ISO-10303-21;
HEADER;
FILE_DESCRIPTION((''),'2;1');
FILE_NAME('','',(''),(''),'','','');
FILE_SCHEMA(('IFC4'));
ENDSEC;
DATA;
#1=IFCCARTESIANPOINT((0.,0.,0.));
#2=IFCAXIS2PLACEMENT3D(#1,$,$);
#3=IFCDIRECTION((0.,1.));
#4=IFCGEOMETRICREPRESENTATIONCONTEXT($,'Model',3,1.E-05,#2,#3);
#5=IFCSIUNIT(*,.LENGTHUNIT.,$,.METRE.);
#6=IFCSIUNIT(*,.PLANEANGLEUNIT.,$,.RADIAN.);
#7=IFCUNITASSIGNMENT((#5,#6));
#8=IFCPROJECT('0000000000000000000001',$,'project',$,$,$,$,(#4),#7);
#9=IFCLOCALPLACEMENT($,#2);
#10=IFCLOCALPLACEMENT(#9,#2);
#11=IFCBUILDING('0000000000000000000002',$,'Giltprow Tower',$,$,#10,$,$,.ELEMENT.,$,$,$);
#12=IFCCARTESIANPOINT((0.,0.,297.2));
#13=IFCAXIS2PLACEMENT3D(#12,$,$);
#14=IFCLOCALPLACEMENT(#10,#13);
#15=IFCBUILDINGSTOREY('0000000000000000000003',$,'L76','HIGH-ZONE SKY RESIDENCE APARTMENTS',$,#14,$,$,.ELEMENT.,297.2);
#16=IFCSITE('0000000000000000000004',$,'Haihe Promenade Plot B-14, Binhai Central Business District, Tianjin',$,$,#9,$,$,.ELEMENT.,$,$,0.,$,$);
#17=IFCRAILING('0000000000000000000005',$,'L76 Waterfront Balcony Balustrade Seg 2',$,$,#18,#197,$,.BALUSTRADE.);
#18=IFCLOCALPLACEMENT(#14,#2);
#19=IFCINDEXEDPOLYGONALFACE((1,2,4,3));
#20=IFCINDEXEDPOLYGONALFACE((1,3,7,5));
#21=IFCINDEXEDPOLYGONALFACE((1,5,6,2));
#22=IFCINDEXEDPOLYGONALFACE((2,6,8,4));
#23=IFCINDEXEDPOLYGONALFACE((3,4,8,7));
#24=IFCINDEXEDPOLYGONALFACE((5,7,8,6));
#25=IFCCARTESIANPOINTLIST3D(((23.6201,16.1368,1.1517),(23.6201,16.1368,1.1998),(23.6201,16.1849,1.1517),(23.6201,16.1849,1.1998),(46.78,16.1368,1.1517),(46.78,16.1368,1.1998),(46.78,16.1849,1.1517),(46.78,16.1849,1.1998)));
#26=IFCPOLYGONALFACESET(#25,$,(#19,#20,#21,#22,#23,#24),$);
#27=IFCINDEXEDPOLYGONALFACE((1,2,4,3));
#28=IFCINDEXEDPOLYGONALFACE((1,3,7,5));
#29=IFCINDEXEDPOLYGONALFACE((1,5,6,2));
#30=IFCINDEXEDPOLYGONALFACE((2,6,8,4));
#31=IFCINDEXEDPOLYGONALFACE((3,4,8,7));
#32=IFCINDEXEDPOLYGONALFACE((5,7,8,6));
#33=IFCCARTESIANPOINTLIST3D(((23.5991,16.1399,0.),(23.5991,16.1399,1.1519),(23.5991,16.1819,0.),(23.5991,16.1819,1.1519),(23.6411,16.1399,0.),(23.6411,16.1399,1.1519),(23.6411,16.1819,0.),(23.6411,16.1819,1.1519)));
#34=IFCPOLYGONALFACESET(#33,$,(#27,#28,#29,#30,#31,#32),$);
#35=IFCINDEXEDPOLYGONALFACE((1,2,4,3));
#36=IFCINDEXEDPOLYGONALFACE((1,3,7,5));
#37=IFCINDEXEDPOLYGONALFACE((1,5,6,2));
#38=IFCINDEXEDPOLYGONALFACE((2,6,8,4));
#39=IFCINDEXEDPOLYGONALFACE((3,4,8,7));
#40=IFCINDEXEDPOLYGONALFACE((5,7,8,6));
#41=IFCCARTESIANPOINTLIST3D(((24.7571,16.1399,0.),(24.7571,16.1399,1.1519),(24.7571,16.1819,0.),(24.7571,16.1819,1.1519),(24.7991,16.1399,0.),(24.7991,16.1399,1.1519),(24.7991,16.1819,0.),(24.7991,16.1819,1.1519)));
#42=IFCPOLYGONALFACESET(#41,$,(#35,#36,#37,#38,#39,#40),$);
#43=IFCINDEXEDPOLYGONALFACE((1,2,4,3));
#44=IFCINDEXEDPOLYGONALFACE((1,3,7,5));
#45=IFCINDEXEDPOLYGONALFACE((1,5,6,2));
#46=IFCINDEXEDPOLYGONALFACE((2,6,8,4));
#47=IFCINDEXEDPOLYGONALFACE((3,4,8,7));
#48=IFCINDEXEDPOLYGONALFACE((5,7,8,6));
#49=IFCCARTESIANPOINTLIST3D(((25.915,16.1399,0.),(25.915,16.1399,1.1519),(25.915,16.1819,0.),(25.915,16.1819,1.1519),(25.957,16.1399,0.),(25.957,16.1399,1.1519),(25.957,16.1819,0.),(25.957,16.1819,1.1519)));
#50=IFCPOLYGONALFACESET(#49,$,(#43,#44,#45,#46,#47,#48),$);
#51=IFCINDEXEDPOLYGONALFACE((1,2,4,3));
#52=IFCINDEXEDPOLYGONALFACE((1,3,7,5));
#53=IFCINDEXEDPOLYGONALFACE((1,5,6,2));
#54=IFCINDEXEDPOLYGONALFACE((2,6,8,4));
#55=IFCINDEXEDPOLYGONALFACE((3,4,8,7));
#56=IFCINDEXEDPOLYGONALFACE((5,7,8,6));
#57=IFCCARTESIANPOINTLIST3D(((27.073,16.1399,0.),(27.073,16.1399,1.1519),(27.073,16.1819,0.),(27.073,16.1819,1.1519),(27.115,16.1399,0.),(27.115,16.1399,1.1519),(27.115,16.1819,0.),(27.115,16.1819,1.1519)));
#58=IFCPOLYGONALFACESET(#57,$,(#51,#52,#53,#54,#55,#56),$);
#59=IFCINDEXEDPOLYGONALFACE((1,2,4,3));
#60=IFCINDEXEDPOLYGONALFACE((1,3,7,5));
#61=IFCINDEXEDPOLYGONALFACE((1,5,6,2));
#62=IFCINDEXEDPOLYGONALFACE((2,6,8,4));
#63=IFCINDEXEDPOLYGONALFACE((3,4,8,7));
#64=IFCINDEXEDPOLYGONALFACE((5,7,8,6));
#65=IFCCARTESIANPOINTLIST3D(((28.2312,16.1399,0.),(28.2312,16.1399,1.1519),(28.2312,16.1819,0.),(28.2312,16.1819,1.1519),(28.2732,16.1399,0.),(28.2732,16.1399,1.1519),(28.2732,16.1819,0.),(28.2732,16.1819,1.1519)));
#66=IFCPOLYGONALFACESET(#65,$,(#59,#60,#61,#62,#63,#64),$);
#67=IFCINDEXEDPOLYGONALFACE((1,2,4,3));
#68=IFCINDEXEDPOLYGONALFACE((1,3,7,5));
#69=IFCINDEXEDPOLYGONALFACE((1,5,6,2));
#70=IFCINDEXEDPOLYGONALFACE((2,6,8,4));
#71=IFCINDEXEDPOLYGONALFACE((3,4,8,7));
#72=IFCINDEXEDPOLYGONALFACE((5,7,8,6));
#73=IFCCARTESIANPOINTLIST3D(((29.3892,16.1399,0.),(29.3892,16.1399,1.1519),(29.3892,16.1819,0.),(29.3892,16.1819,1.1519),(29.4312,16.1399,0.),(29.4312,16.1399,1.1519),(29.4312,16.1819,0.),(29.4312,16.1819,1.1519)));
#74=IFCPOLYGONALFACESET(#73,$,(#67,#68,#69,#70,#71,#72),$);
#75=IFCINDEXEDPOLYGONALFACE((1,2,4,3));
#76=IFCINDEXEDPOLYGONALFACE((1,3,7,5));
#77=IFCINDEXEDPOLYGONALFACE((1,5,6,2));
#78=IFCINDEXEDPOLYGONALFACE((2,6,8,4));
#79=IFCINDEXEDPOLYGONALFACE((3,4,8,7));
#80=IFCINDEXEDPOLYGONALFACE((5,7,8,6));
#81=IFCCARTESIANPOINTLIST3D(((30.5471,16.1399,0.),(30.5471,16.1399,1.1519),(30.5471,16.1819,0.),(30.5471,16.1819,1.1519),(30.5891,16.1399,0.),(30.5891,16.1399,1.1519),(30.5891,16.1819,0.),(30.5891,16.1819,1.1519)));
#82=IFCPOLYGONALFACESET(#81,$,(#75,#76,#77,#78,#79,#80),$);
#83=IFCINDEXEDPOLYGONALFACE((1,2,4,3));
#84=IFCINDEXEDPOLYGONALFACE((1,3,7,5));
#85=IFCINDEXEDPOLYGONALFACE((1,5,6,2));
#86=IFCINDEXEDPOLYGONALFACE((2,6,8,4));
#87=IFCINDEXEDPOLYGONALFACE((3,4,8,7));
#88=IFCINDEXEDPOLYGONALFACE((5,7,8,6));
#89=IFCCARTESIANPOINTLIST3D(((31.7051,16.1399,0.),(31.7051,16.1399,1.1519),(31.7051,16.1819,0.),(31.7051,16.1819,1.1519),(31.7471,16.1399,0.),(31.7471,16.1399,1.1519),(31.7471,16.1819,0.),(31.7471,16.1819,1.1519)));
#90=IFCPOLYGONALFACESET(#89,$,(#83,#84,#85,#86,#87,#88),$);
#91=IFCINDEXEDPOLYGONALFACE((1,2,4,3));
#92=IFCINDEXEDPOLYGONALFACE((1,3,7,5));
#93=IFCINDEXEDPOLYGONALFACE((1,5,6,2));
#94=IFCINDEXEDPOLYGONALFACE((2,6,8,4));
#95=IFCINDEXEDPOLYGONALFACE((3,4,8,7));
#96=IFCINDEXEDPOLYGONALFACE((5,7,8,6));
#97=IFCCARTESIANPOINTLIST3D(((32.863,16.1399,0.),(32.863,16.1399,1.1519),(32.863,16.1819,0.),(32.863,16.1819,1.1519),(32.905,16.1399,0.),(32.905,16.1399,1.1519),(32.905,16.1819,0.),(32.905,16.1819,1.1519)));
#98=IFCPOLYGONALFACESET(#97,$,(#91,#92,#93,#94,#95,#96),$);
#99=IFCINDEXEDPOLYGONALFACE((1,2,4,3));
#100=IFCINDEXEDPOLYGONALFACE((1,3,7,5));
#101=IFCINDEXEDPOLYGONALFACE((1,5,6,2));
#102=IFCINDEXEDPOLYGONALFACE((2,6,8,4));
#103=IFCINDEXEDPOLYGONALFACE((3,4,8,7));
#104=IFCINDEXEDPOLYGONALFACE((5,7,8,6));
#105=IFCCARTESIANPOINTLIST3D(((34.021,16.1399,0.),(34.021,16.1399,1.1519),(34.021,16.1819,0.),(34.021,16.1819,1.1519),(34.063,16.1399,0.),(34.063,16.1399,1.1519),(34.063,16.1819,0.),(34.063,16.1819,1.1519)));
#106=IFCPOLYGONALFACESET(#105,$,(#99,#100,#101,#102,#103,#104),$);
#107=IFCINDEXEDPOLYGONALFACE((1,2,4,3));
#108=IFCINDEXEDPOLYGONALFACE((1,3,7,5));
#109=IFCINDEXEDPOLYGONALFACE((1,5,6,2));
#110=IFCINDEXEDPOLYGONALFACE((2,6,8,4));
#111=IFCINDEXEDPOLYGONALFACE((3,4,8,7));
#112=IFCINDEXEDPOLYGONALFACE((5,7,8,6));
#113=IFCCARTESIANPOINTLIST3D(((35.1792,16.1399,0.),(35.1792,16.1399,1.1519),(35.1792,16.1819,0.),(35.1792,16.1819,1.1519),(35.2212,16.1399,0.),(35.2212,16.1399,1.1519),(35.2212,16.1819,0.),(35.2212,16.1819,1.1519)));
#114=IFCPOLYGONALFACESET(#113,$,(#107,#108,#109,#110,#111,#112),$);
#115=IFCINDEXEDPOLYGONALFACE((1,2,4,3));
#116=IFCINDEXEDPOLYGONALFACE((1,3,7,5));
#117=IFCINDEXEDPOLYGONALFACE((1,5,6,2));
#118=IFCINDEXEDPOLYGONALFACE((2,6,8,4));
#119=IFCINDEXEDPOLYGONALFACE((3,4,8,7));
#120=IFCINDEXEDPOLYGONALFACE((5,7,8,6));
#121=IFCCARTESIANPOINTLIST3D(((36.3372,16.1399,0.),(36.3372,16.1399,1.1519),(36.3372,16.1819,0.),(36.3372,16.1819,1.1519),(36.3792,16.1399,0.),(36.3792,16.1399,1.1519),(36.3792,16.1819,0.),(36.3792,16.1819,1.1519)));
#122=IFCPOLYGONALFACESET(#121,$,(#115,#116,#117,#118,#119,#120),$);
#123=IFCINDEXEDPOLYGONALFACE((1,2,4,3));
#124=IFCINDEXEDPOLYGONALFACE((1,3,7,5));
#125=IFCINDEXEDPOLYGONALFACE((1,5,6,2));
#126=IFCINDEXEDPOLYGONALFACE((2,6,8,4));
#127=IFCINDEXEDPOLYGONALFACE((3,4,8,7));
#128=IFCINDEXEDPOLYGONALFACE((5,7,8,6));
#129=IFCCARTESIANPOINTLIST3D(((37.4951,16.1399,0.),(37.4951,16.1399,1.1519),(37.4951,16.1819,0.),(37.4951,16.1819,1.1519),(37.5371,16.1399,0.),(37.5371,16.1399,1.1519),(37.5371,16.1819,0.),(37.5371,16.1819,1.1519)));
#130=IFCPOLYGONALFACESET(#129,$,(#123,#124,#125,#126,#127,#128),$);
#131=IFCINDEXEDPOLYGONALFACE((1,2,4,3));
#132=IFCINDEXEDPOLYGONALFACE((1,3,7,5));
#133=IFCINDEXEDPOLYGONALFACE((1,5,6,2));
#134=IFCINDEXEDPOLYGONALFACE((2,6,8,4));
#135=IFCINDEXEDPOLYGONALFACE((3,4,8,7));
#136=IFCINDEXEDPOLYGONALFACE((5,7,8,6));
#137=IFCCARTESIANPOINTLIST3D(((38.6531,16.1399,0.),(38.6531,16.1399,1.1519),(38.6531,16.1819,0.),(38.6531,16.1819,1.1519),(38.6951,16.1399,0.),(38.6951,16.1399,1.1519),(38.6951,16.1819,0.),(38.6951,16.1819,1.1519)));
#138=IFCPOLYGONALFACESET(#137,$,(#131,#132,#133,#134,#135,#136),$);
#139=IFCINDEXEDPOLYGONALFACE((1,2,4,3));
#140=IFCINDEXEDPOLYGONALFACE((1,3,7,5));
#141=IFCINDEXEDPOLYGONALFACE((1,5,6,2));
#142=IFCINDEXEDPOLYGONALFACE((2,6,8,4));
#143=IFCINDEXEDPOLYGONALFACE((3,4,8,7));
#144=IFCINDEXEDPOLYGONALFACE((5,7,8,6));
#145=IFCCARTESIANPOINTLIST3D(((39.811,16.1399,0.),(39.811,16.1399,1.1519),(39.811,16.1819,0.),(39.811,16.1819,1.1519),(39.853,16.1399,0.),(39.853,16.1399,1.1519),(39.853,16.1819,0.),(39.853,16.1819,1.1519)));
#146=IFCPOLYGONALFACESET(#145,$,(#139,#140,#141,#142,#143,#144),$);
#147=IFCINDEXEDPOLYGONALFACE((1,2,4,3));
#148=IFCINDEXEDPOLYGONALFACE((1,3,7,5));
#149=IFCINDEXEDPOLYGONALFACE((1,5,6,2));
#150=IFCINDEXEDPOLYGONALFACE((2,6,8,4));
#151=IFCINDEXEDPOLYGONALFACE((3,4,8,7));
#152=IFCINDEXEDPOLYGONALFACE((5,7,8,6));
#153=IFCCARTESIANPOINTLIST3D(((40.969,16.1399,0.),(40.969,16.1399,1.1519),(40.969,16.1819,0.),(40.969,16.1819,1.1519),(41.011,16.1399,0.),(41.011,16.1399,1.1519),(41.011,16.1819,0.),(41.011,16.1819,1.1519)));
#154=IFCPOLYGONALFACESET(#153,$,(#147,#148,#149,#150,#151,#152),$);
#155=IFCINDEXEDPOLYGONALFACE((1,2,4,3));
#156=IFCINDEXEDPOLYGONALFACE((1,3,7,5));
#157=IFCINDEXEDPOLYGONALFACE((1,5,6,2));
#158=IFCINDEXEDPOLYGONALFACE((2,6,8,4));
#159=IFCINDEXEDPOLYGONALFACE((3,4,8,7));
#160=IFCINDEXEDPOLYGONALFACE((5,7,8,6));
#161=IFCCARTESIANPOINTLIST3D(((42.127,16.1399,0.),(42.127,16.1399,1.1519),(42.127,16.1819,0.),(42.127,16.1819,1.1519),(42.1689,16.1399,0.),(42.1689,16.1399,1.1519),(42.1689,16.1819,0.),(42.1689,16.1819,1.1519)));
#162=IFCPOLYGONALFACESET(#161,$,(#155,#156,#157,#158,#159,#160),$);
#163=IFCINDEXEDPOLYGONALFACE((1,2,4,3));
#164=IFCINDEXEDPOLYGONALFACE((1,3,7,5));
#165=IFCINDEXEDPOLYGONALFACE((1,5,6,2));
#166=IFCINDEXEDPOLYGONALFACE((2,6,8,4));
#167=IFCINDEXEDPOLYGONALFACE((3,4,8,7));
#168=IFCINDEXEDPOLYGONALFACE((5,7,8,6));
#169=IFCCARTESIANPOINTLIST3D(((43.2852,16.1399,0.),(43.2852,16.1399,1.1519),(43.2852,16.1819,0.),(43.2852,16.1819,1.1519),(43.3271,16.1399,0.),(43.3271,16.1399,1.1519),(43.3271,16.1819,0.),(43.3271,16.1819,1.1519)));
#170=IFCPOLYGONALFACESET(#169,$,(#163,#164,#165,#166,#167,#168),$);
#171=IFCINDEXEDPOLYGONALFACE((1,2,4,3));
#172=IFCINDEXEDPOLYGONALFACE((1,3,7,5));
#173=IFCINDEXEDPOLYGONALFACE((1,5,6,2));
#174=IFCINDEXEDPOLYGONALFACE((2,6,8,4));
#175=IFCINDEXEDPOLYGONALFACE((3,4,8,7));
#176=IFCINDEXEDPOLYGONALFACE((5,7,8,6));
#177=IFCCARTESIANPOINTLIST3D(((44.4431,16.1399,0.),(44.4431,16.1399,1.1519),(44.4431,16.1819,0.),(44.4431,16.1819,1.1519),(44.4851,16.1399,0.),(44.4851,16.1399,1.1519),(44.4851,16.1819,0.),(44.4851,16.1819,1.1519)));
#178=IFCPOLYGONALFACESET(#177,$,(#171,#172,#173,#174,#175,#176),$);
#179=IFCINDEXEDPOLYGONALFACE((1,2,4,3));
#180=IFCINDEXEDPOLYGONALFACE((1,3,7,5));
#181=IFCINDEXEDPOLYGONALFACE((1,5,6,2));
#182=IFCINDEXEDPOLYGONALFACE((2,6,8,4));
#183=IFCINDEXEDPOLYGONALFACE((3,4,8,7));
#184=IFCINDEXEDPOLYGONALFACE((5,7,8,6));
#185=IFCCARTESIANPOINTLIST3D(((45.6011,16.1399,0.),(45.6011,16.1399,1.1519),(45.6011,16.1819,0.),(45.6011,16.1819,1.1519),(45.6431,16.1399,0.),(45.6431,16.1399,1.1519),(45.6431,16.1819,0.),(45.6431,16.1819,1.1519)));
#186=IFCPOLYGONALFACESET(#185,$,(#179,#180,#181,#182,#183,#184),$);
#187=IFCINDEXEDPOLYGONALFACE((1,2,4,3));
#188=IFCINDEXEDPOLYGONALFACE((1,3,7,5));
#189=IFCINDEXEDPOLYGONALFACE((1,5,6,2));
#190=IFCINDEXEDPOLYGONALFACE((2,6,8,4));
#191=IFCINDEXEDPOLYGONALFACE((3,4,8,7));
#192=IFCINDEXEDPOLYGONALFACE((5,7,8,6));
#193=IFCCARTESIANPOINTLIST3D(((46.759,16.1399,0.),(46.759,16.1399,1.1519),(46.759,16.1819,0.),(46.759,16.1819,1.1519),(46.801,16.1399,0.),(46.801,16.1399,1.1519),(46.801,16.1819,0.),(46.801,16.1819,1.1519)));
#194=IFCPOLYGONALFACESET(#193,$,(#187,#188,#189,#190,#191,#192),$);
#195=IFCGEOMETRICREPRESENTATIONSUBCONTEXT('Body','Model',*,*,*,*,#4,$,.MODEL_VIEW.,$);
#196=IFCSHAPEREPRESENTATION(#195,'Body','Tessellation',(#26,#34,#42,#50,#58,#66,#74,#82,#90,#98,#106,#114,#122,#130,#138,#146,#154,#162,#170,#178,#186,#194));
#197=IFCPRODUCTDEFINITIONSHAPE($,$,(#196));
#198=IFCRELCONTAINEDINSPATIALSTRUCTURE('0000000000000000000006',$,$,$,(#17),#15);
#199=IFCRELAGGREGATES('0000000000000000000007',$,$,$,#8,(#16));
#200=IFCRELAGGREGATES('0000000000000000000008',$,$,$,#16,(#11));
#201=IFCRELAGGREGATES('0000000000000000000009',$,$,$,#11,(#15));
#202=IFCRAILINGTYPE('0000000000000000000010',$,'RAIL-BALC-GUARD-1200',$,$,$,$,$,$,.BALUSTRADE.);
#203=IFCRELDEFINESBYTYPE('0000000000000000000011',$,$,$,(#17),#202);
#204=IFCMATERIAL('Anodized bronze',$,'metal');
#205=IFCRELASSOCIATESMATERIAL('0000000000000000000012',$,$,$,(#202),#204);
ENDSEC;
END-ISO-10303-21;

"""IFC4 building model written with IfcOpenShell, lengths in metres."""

from ifc_helpers import new_model, si_unit, direction, frame, origin, origin_2d, place, context, subcontext, project, spatial, rectangle, extrude, material, type_object, element, save


model = new_model("IFC4")

# Units and contexts
model_context = context("Model", 3, precision=1e-05, world=origin(), true_north=direction((0.0, 1.0)))
body_context = subcontext(model_context, "Body", "Model", "MODEL_VIEW")
ifc_project = project(units=[si_unit("LENGTHUNIT", "METRE"), si_unit("PLANEANGLEUNIT", "RADIAN")], contexts=[model_context])

# Site, building, storey
site_placement = place(None, origin())
site = spatial("IfcSite", under=ifc_project, at=site_placement, Name="Haihe Promenade Plot B-14, Binhai Central Business District, Tianjin", CompositionType="ELEMENT", RefElevation=0.0)
building_placement = place(site_placement, origin())
building = spatial("IfcBuilding", under=site, at=building_placement, Name="Giltprow Tower", CompositionType="ELEMENT")
storey_placement = place(building_placement, frame((0.0, 0.0, 297.2)))
storey = spatial("IfcBuildingStorey", under=building, at=storey_placement, Name="L76", Description="HIGH-ZONE SKY RESIDENCE APARTMENTS", CompositionType="ELEMENT", Elevation=297.2)

# Railing
ifc_material_1 = material(Name="Anodized bronze", Category="metal")
railing_type = type_object("IfcRailingType", Name="RAIL-BALC-GUARD-1200", PredefinedType="BALUSTRADE", material=ifc_material_1)
railing_1_placement = place(storey_placement, frame((23.6201, 16.1609, 0.0)))
element("IfcRailing", 1, at=railing_1_placement, inside=storey, type_object=railing_type, Name="L76 Waterfront Balcony Balustrade Seg 2", PredefinedType="BALUSTRADE", context=body_context, shape_type="SweptSolid", body=[
    extrude(rectangle(XDim=0.0481, YDim=0.0481, at=origin_2d()), frame((0.0, 0.0, 1.1758), z_axis=(1.0, 0.0, 0.0), x_axis=(0.0, 1.0, 0.0)), (0.0, 0.0, 1.0), 23.1599),
    extrude(rectangle(XDim=0.042, YDim=0.042, at=origin_2d()), origin(), (0.0, 0.0, 1.0), 1.1519),
    extrude(rectangle(XDim=0.042, YDim=0.042, at=origin_2d()), frame((1.158, 0.0, 0.0)), (0.0, 0.0, 1.0), 1.1519),
    extrude(rectangle(XDim=0.042, YDim=0.042, at=origin_2d()), frame((2.3159, 0.0, 0.0)), (0.0, 0.0, 1.0), 1.1519),
    extrude(rectangle(XDim=0.042, YDim=0.042, at=origin_2d()), frame((3.4739, 0.0, 0.0)), (0.0, 0.0, 1.0), 1.1519),
    extrude(rectangle(XDim=0.042, YDim=0.042, at=origin_2d()), frame((4.6321, 0.0, 0.0)), (0.0, 0.0, 1.0), 1.1519),
    extrude(rectangle(XDim=0.042, YDim=0.042, at=origin_2d()), frame((5.79, 0.0, 0.0)), (0.0, 0.0, 1.0), 1.1519),
    extrude(rectangle(XDim=0.042, YDim=0.042, at=origin_2d()), frame((6.948, 0.0, 0.0)), (0.0, 0.0, 1.0), 1.1519),
    extrude(rectangle(XDim=0.042, YDim=0.042, at=origin_2d()), frame((8.106, 0.0, 0.0)), (0.0, 0.0, 1.0), 1.1519),
    extrude(rectangle(XDim=0.042, YDim=0.042, at=origin_2d()), frame((9.2639, 0.0, 0.0)), (0.0, 0.0, 1.0), 1.1519),
    extrude(rectangle(XDim=0.042, YDim=0.042, at=origin_2d()), frame((10.4219, 0.0, 0.0)), (0.0, 0.0, 1.0), 1.1519),
    extrude(rectangle(XDim=0.042, YDim=0.042, at=origin_2d()), frame((11.5801, 0.0, 0.0)), (0.0, 0.0, 1.0), 1.1519),
    extrude(rectangle(XDim=0.042, YDim=0.042, at=origin_2d()), frame((12.738, 0.0, 0.0)), (0.0, 0.0, 1.0), 1.1519),
    extrude(rectangle(XDim=0.042, YDim=0.042, at=origin_2d()), frame((13.896, 0.0, 0.0)), (0.0, 0.0, 1.0), 1.1519),
    extrude(rectangle(XDim=0.042, YDim=0.042, at=origin_2d()), frame((15.054, 0.0, 0.0)), (0.0, 0.0, 1.0), 1.1519),
    extrude(rectangle(XDim=0.042, YDim=0.042, at=origin_2d()), frame((16.2119, 0.0, 0.0)), (0.0, 0.0, 1.0), 1.1519),
    extrude(rectangle(XDim=0.042, YDim=0.042, at=origin_2d()), frame((17.3699, 0.0, 0.0)), (0.0, 0.0, 1.0), 1.1519),
    extrude(rectangle(XDim=0.042, YDim=0.042, at=origin_2d()), frame((18.5278, 0.0, 0.0)), (0.0, 0.0, 1.0), 1.1519),
    extrude(rectangle(XDim=0.042, YDim=0.042, at=origin_2d()), frame((19.686, 0.0, 0.0)), (0.0, 0.0, 1.0), 1.1519),
    extrude(rectangle(XDim=0.042, YDim=0.042, at=origin_2d()), frame((20.844, 0.0, 0.0)), (0.0, 0.0, 1.0), 1.1519),
    extrude(rectangle(XDim=0.042, YDim=0.042, at=origin_2d()), frame((22.002, 0.0, 0.0)), (0.0, 0.0, 1.0), 1.1519),
    extrude(rectangle(XDim=0.042, YDim=0.042, at=origin_2d()), frame((23.1599, 0.0, 0.0)), (0.0, 0.0, 1.0), 1.1519),
])

save(model, "model.ifc")
